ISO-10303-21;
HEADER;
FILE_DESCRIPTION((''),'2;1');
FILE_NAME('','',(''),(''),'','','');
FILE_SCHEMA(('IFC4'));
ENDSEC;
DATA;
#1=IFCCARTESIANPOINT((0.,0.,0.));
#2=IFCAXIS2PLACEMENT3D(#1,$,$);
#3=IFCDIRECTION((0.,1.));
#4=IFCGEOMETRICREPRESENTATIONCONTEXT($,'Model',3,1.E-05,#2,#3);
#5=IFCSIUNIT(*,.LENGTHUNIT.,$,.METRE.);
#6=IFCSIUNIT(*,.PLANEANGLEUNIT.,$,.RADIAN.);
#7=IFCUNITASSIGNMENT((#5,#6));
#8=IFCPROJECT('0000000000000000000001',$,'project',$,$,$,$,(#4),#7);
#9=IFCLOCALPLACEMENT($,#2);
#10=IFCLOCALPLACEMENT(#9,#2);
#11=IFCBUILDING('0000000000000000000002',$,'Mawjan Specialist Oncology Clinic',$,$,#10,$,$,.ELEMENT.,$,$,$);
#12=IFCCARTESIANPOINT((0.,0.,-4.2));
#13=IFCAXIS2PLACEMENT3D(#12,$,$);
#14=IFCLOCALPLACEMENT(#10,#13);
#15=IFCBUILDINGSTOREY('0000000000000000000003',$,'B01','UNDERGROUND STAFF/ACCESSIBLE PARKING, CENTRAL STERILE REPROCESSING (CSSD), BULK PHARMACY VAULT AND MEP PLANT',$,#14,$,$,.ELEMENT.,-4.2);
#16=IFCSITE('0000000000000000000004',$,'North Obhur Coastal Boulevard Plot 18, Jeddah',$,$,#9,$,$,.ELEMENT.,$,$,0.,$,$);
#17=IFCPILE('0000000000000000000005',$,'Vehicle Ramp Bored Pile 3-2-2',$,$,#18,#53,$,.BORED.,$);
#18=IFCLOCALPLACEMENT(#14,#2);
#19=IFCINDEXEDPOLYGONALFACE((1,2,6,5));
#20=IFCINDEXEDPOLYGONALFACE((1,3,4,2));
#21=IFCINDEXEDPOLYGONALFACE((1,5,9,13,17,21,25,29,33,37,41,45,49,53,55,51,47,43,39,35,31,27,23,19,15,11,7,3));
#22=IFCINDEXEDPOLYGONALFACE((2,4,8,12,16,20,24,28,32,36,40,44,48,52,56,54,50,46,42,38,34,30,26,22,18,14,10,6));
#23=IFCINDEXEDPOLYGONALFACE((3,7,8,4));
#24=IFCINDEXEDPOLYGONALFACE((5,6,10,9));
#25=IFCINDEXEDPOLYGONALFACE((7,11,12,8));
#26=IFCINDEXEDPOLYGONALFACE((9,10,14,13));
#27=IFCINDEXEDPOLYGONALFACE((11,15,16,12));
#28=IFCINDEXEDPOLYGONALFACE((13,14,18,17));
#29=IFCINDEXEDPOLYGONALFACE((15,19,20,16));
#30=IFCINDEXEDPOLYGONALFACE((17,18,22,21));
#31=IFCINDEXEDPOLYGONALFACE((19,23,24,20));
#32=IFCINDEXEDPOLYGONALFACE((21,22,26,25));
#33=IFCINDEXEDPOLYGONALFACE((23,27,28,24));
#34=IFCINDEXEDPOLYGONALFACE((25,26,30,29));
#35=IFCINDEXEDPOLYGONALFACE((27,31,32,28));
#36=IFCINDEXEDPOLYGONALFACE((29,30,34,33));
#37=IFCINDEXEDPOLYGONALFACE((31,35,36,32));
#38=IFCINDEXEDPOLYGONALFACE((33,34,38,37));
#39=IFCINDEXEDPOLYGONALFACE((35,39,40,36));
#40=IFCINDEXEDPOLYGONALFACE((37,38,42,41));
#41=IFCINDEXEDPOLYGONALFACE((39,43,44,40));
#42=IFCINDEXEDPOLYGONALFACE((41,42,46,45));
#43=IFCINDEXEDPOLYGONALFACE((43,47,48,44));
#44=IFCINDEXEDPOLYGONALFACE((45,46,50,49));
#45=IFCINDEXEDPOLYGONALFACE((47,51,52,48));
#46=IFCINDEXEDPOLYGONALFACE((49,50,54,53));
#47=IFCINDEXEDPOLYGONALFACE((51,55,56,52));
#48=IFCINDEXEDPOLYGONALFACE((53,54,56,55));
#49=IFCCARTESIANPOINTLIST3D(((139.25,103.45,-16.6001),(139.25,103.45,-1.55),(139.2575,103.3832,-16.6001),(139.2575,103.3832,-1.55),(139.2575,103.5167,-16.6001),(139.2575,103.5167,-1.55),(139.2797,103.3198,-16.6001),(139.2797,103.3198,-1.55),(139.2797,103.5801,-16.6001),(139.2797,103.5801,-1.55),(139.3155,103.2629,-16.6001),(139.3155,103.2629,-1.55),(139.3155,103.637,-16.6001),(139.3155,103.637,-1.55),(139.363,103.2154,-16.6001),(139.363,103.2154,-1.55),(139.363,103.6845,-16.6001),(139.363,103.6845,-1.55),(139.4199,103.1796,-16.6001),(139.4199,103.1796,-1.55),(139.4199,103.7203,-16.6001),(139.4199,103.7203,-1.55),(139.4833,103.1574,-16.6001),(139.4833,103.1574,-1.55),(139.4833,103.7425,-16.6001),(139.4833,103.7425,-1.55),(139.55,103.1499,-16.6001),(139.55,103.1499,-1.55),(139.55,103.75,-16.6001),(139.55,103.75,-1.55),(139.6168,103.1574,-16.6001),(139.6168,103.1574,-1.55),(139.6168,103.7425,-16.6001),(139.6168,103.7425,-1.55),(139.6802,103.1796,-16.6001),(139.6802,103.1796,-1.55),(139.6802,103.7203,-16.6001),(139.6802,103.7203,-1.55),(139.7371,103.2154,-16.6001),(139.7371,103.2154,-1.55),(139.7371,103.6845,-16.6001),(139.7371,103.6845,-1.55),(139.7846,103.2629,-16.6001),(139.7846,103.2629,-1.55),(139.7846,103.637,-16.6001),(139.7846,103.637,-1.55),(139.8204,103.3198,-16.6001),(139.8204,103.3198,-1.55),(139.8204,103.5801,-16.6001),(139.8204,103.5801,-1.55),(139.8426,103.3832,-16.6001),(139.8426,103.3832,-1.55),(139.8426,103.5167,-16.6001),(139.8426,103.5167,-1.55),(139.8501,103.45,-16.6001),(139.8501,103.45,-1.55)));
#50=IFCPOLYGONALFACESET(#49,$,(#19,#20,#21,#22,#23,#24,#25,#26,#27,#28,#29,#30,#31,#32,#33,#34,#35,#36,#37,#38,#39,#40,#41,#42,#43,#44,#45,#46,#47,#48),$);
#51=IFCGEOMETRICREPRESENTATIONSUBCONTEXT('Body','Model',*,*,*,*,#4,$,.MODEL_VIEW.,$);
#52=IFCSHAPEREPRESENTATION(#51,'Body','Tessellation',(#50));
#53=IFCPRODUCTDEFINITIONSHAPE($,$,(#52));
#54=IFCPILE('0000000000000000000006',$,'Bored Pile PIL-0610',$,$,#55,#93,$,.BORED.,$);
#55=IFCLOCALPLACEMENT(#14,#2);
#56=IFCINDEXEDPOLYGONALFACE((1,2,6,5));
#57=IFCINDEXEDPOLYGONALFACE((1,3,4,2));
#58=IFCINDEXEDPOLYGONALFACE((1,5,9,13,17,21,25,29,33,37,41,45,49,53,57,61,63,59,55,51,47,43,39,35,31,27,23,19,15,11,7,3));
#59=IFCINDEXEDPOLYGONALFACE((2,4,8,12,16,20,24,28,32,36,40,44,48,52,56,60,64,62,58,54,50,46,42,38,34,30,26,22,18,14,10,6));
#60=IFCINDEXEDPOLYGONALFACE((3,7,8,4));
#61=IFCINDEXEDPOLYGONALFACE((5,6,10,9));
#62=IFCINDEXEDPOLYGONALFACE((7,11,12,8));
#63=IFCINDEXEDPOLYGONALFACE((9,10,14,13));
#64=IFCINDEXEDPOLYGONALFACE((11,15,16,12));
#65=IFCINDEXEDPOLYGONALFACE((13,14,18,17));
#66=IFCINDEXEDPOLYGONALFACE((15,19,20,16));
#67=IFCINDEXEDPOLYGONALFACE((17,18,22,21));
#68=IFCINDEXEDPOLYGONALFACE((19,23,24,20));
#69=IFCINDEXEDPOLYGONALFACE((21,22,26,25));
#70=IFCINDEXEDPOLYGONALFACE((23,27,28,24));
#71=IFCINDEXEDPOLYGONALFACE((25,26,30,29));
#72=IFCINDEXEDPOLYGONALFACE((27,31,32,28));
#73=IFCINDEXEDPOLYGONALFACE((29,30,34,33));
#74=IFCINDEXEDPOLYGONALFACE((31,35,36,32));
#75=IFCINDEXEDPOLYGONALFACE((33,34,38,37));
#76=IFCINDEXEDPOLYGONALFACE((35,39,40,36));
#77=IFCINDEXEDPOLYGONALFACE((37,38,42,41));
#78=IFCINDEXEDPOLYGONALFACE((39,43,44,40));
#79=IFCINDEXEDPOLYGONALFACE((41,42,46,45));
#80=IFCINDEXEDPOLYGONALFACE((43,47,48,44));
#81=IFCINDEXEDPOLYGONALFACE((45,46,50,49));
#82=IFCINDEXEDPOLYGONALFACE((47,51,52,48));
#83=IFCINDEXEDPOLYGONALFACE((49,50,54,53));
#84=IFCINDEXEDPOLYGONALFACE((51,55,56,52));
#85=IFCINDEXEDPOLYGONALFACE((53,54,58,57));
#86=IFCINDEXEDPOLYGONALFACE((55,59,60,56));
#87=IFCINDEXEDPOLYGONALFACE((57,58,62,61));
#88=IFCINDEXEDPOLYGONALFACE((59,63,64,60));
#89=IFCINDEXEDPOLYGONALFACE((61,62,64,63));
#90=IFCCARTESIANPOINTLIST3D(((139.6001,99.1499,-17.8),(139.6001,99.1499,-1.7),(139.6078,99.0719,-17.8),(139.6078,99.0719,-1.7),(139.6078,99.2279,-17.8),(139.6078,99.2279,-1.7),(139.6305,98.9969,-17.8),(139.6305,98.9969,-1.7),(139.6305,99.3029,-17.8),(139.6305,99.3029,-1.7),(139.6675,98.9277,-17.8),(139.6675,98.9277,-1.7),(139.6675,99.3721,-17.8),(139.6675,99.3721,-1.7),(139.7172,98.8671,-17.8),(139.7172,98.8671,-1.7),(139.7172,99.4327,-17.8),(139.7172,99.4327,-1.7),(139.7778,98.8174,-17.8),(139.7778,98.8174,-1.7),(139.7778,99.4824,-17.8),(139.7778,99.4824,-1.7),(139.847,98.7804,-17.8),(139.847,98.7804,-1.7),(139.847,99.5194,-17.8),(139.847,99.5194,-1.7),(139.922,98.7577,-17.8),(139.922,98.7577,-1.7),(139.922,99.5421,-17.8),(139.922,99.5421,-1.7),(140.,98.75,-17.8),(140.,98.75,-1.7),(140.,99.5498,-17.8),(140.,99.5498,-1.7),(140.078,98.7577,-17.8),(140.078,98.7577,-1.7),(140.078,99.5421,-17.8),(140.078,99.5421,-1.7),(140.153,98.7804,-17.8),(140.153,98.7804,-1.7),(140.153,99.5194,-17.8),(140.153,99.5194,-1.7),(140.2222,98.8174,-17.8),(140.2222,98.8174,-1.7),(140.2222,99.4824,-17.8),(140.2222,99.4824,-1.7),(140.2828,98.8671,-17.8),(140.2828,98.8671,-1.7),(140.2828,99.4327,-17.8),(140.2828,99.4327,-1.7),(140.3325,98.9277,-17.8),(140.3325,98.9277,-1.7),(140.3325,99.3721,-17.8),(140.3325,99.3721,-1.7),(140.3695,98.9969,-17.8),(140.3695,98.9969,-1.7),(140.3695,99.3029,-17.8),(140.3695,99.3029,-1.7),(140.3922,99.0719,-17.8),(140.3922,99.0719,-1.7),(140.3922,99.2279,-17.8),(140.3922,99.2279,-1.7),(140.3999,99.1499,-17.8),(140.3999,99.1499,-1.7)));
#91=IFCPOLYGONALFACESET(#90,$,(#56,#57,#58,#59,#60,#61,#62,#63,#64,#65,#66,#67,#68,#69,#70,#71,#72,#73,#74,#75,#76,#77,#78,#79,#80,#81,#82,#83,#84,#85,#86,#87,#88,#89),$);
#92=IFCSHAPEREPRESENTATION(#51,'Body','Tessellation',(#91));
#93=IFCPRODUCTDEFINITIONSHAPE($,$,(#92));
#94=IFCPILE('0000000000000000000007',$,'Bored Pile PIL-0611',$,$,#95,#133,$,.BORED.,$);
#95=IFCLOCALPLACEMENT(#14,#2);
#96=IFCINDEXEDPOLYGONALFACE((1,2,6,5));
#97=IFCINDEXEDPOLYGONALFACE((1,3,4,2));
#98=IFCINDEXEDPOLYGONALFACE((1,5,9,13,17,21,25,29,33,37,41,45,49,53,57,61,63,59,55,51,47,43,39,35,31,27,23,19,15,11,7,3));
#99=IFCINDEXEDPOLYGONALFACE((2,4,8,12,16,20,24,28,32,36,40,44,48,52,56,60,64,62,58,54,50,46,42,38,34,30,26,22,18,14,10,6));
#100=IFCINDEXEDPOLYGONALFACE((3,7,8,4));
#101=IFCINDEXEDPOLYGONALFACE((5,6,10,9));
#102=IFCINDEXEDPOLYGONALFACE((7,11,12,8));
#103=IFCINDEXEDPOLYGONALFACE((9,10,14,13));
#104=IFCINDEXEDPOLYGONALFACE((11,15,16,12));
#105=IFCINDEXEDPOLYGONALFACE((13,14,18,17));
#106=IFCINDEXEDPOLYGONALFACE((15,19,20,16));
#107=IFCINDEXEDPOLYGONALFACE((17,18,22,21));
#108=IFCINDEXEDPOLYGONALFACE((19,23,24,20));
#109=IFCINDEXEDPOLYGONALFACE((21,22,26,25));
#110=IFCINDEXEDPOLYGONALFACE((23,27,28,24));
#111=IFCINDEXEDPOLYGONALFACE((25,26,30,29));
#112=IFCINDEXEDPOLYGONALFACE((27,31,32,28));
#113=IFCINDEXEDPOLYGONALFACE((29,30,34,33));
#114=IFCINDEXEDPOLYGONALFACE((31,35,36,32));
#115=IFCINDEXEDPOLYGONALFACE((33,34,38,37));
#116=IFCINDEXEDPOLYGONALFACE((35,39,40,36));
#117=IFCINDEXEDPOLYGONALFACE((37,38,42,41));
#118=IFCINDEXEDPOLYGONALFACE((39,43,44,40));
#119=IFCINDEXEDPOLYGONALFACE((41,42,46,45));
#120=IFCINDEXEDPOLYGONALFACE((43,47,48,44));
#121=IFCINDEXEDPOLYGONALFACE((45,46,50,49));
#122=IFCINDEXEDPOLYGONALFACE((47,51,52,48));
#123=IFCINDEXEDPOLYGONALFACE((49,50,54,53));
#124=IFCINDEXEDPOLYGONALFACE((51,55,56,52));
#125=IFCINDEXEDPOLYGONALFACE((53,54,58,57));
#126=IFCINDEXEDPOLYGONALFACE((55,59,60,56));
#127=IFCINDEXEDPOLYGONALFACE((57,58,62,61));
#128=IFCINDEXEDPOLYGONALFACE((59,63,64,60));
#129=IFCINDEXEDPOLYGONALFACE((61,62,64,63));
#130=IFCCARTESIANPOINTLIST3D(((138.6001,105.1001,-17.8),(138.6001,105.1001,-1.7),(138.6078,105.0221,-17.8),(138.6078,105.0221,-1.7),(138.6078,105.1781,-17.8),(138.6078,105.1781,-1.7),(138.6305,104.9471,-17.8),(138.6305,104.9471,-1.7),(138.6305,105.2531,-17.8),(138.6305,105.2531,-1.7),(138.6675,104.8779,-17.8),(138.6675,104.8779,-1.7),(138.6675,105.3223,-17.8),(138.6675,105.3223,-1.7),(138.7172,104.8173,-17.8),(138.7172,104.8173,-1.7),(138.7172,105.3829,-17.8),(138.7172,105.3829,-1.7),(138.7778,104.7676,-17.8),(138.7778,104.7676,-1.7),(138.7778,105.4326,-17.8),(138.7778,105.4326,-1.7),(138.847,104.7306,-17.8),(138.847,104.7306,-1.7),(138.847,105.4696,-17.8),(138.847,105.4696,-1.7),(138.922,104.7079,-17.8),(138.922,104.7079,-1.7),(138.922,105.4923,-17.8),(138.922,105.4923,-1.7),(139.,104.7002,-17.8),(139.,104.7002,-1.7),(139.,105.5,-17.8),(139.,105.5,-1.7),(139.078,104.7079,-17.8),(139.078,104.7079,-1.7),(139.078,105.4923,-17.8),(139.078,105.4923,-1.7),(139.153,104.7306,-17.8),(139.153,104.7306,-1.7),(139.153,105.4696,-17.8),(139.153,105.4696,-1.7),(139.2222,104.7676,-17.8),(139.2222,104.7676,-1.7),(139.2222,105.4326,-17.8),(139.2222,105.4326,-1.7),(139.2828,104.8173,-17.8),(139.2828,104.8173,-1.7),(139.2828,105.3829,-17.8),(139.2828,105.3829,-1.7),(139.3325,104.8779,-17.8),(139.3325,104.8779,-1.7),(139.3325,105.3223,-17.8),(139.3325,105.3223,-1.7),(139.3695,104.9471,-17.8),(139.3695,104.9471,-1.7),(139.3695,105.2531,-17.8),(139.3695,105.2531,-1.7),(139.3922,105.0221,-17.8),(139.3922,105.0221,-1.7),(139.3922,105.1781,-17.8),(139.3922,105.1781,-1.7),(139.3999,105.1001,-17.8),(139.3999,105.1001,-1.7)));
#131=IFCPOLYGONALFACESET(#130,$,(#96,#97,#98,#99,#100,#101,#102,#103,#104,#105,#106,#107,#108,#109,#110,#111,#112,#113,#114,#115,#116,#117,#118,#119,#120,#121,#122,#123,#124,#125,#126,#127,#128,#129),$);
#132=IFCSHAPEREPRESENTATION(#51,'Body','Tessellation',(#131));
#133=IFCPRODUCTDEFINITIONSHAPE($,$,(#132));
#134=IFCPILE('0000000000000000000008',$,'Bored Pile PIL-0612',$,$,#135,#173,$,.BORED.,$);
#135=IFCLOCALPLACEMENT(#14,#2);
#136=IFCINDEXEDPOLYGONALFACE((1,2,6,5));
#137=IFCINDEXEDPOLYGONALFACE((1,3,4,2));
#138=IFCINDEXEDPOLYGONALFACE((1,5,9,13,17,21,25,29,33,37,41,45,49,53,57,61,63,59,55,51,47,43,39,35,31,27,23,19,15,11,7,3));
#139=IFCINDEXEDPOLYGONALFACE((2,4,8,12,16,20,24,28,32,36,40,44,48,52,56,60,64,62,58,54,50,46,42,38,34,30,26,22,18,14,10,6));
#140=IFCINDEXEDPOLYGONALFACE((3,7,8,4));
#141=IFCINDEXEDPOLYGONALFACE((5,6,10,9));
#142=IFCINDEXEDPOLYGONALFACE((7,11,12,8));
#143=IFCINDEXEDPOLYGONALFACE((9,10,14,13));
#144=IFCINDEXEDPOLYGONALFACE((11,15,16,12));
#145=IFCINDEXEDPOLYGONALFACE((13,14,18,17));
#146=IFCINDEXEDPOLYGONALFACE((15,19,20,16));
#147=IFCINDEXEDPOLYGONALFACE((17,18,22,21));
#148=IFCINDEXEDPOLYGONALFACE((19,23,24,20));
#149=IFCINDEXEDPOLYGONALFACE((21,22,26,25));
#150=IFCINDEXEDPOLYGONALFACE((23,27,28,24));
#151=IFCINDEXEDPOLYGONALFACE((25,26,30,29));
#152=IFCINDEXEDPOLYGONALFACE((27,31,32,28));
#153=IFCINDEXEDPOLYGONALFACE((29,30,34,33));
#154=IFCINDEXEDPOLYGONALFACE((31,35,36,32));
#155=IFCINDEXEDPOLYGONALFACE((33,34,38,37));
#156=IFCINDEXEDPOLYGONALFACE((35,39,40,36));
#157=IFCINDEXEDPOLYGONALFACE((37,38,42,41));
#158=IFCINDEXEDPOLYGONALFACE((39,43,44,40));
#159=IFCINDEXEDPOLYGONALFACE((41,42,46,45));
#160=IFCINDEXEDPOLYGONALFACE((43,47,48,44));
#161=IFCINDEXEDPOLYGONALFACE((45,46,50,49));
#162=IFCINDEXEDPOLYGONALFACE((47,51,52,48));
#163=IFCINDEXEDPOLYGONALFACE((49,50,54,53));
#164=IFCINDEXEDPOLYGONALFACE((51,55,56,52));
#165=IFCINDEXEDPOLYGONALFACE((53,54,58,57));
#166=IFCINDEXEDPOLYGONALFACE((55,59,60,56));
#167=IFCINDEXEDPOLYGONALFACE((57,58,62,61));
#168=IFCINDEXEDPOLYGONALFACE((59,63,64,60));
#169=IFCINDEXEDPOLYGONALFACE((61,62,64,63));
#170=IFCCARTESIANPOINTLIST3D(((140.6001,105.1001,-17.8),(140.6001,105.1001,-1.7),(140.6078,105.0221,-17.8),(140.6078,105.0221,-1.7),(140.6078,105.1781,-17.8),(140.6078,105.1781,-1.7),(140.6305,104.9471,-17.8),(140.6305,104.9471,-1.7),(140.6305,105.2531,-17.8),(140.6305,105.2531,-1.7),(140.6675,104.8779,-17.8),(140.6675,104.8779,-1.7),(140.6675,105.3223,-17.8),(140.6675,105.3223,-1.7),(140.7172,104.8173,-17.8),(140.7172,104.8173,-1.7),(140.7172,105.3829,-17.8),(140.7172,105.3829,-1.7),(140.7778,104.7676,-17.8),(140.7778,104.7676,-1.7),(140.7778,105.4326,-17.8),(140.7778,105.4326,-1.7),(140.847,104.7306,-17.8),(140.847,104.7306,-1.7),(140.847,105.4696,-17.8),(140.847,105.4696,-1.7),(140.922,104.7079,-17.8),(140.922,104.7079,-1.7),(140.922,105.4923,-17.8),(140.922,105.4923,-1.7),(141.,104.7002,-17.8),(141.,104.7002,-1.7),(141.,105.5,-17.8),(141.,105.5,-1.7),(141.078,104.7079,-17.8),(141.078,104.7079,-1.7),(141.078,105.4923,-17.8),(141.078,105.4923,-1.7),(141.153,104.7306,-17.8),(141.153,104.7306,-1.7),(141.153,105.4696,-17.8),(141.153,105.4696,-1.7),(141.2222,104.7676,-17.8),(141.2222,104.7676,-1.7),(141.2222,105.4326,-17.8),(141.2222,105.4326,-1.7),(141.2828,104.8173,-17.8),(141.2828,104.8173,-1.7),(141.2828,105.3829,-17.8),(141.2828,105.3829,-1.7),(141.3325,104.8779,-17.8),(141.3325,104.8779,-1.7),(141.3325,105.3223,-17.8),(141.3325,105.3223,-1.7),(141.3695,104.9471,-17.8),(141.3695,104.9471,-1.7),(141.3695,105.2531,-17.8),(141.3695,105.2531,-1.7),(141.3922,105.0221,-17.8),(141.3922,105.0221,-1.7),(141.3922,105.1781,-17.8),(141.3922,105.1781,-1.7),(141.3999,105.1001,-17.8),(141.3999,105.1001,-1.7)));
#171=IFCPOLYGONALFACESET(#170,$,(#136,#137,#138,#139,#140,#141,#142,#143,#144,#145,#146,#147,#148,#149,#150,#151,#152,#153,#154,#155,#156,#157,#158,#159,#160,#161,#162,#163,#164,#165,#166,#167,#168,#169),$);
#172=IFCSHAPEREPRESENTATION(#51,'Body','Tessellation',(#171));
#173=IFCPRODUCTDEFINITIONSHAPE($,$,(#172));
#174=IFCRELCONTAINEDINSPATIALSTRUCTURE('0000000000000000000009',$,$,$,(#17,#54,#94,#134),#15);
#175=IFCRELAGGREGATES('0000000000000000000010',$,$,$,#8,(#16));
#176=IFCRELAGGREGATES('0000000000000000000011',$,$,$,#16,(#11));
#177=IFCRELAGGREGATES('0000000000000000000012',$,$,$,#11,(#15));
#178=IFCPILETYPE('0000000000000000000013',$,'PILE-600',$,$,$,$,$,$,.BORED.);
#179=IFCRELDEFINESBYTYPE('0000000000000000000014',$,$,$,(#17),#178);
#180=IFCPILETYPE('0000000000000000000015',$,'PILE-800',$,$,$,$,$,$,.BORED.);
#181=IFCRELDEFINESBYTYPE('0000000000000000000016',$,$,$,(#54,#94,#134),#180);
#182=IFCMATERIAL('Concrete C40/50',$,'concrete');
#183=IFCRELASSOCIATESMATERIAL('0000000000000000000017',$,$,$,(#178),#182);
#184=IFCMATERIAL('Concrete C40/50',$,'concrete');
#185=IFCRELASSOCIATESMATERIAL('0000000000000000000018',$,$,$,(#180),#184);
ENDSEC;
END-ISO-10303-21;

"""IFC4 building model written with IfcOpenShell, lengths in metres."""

from ifc_helpers import new_model, si_unit, direction, frame, origin, origin_2d, place, context, subcontext, project, spatial, circle, extrude, material, material_profile, profile_set, type_object, element, save


model = new_model("IFC4")

# Units and contexts
model_context = context("Model", 3, precision=1e-05, world=origin(), true_north=direction((0.0, 1.0)))
body_context = subcontext(model_context, "Body", "Model", "MODEL_VIEW")
ifc_project = project(units=[si_unit("LENGTHUNIT", "METRE"), si_unit("PLANEANGLEUNIT", "RADIAN")], contexts=[model_context])

# Site, building, storey
site_placement = place(None, origin())
site = spatial("IfcSite", under=ifc_project, at=site_placement, Name="North Obhur Coastal Boulevard Plot 18, Jeddah", CompositionType="ELEMENT", RefElevation=0.0)
building_placement = place(site_placement, origin())
building = spatial("IfcBuilding", under=site, at=building_placement, Name="Mawjan Specialist Oncology Clinic", CompositionType="ELEMENT")
storey_placement = place(building_placement, frame((0.0, 0.0, -4.2)))
storey = spatial("IfcBuildingStorey", under=building, at=storey_placement, Name="B01", Description="UNDERGROUND STAFF/ACCESSIBLE PARKING, CENTRAL STERILE REPROCESSING (CSSD), BULK PHARMACY VAULT AND MEP PLANT", CompositionType="ELEMENT", Elevation=-4.2)

# Piles
ifc_material_1 = material(Name="Concrete C40/50", Category="concrete")
ifc_material_profile_1 = material_profile(ifc_material_1, circle(Radius=0.3, at=origin_2d()), Name="BORED PILE D600", Category="concrete")
ifc_profile_set_1 = profile_set([ifc_material_profile_1], Name="Concrete C40/50")
pile_type_1 = type_object("IfcPileType", Name="PILE-600", PredefinedType="BORED", material=ifc_profile_set_1)
for number, where, z_axis, x_axis, name in (
    (1, (139.55, 103.45, -1.55), (0.0, 0.0, -1.0), (1.0, 0.0, 0.0), "Vehicle Ramp Bored Pile 3-2-2"),
):
    element("IfcPile", number, at=place(storey_placement, frame(where, z_axis=z_axis, x_axis=x_axis)), inside=storey, type_object=pile_type_1, Name=name, PredefinedType="BORED", context=body_context, shape_type="SweptSolid", body=[
        extrude(circle(Radius=0.3, at=origin_2d()), origin(), (0.0, 0.0, 1.0), 15.05),
    ])
ifc_material_2 = material(Name="Concrete C40/50", Category="concrete")
ifc_material_profile_2 = material_profile(ifc_material_2, circle(Radius=0.3999, at=origin_2d()), Name="BORED PILE D800", Category="concrete")
ifc_profile_set_2 = profile_set([ifc_material_profile_2], Name="Concrete C40/50")
pile_type_2 = type_object("IfcPileType", Name="PILE-800", PredefinedType="BORED", material=ifc_profile_set_2)
for number, where, z_axis, x_axis, name in (
    (2, (140.0, 99.1499, -1.7), (0.0, 0.0, -1.0), (1.0, 0.0, 0.0), "Bored Pile PIL-0610"),
    (3, (139.0, 105.1001, -1.7), (0.0, 0.0, -1.0), (1.0, 0.0, 0.0), "Bored Pile PIL-0611"),
    (4, (141.0, 105.1001, -1.7), (0.0, 0.0, -1.0), (1.0, 0.0, 0.0), "Bored Pile PIL-0612"),
):
    element("IfcPile", number, at=place(storey_placement, frame(where, z_axis=z_axis, x_axis=x_axis)), inside=storey, type_object=pile_type_2, Name=name, PredefinedType="BORED", context=body_context, shape_type="SweptSolid", body=[
        extrude(circle(Radius=0.3999, at=origin_2d()), origin(), (0.0, 0.0, 1.0), 16.1001),
    ])

save(model, "model.ifc")
